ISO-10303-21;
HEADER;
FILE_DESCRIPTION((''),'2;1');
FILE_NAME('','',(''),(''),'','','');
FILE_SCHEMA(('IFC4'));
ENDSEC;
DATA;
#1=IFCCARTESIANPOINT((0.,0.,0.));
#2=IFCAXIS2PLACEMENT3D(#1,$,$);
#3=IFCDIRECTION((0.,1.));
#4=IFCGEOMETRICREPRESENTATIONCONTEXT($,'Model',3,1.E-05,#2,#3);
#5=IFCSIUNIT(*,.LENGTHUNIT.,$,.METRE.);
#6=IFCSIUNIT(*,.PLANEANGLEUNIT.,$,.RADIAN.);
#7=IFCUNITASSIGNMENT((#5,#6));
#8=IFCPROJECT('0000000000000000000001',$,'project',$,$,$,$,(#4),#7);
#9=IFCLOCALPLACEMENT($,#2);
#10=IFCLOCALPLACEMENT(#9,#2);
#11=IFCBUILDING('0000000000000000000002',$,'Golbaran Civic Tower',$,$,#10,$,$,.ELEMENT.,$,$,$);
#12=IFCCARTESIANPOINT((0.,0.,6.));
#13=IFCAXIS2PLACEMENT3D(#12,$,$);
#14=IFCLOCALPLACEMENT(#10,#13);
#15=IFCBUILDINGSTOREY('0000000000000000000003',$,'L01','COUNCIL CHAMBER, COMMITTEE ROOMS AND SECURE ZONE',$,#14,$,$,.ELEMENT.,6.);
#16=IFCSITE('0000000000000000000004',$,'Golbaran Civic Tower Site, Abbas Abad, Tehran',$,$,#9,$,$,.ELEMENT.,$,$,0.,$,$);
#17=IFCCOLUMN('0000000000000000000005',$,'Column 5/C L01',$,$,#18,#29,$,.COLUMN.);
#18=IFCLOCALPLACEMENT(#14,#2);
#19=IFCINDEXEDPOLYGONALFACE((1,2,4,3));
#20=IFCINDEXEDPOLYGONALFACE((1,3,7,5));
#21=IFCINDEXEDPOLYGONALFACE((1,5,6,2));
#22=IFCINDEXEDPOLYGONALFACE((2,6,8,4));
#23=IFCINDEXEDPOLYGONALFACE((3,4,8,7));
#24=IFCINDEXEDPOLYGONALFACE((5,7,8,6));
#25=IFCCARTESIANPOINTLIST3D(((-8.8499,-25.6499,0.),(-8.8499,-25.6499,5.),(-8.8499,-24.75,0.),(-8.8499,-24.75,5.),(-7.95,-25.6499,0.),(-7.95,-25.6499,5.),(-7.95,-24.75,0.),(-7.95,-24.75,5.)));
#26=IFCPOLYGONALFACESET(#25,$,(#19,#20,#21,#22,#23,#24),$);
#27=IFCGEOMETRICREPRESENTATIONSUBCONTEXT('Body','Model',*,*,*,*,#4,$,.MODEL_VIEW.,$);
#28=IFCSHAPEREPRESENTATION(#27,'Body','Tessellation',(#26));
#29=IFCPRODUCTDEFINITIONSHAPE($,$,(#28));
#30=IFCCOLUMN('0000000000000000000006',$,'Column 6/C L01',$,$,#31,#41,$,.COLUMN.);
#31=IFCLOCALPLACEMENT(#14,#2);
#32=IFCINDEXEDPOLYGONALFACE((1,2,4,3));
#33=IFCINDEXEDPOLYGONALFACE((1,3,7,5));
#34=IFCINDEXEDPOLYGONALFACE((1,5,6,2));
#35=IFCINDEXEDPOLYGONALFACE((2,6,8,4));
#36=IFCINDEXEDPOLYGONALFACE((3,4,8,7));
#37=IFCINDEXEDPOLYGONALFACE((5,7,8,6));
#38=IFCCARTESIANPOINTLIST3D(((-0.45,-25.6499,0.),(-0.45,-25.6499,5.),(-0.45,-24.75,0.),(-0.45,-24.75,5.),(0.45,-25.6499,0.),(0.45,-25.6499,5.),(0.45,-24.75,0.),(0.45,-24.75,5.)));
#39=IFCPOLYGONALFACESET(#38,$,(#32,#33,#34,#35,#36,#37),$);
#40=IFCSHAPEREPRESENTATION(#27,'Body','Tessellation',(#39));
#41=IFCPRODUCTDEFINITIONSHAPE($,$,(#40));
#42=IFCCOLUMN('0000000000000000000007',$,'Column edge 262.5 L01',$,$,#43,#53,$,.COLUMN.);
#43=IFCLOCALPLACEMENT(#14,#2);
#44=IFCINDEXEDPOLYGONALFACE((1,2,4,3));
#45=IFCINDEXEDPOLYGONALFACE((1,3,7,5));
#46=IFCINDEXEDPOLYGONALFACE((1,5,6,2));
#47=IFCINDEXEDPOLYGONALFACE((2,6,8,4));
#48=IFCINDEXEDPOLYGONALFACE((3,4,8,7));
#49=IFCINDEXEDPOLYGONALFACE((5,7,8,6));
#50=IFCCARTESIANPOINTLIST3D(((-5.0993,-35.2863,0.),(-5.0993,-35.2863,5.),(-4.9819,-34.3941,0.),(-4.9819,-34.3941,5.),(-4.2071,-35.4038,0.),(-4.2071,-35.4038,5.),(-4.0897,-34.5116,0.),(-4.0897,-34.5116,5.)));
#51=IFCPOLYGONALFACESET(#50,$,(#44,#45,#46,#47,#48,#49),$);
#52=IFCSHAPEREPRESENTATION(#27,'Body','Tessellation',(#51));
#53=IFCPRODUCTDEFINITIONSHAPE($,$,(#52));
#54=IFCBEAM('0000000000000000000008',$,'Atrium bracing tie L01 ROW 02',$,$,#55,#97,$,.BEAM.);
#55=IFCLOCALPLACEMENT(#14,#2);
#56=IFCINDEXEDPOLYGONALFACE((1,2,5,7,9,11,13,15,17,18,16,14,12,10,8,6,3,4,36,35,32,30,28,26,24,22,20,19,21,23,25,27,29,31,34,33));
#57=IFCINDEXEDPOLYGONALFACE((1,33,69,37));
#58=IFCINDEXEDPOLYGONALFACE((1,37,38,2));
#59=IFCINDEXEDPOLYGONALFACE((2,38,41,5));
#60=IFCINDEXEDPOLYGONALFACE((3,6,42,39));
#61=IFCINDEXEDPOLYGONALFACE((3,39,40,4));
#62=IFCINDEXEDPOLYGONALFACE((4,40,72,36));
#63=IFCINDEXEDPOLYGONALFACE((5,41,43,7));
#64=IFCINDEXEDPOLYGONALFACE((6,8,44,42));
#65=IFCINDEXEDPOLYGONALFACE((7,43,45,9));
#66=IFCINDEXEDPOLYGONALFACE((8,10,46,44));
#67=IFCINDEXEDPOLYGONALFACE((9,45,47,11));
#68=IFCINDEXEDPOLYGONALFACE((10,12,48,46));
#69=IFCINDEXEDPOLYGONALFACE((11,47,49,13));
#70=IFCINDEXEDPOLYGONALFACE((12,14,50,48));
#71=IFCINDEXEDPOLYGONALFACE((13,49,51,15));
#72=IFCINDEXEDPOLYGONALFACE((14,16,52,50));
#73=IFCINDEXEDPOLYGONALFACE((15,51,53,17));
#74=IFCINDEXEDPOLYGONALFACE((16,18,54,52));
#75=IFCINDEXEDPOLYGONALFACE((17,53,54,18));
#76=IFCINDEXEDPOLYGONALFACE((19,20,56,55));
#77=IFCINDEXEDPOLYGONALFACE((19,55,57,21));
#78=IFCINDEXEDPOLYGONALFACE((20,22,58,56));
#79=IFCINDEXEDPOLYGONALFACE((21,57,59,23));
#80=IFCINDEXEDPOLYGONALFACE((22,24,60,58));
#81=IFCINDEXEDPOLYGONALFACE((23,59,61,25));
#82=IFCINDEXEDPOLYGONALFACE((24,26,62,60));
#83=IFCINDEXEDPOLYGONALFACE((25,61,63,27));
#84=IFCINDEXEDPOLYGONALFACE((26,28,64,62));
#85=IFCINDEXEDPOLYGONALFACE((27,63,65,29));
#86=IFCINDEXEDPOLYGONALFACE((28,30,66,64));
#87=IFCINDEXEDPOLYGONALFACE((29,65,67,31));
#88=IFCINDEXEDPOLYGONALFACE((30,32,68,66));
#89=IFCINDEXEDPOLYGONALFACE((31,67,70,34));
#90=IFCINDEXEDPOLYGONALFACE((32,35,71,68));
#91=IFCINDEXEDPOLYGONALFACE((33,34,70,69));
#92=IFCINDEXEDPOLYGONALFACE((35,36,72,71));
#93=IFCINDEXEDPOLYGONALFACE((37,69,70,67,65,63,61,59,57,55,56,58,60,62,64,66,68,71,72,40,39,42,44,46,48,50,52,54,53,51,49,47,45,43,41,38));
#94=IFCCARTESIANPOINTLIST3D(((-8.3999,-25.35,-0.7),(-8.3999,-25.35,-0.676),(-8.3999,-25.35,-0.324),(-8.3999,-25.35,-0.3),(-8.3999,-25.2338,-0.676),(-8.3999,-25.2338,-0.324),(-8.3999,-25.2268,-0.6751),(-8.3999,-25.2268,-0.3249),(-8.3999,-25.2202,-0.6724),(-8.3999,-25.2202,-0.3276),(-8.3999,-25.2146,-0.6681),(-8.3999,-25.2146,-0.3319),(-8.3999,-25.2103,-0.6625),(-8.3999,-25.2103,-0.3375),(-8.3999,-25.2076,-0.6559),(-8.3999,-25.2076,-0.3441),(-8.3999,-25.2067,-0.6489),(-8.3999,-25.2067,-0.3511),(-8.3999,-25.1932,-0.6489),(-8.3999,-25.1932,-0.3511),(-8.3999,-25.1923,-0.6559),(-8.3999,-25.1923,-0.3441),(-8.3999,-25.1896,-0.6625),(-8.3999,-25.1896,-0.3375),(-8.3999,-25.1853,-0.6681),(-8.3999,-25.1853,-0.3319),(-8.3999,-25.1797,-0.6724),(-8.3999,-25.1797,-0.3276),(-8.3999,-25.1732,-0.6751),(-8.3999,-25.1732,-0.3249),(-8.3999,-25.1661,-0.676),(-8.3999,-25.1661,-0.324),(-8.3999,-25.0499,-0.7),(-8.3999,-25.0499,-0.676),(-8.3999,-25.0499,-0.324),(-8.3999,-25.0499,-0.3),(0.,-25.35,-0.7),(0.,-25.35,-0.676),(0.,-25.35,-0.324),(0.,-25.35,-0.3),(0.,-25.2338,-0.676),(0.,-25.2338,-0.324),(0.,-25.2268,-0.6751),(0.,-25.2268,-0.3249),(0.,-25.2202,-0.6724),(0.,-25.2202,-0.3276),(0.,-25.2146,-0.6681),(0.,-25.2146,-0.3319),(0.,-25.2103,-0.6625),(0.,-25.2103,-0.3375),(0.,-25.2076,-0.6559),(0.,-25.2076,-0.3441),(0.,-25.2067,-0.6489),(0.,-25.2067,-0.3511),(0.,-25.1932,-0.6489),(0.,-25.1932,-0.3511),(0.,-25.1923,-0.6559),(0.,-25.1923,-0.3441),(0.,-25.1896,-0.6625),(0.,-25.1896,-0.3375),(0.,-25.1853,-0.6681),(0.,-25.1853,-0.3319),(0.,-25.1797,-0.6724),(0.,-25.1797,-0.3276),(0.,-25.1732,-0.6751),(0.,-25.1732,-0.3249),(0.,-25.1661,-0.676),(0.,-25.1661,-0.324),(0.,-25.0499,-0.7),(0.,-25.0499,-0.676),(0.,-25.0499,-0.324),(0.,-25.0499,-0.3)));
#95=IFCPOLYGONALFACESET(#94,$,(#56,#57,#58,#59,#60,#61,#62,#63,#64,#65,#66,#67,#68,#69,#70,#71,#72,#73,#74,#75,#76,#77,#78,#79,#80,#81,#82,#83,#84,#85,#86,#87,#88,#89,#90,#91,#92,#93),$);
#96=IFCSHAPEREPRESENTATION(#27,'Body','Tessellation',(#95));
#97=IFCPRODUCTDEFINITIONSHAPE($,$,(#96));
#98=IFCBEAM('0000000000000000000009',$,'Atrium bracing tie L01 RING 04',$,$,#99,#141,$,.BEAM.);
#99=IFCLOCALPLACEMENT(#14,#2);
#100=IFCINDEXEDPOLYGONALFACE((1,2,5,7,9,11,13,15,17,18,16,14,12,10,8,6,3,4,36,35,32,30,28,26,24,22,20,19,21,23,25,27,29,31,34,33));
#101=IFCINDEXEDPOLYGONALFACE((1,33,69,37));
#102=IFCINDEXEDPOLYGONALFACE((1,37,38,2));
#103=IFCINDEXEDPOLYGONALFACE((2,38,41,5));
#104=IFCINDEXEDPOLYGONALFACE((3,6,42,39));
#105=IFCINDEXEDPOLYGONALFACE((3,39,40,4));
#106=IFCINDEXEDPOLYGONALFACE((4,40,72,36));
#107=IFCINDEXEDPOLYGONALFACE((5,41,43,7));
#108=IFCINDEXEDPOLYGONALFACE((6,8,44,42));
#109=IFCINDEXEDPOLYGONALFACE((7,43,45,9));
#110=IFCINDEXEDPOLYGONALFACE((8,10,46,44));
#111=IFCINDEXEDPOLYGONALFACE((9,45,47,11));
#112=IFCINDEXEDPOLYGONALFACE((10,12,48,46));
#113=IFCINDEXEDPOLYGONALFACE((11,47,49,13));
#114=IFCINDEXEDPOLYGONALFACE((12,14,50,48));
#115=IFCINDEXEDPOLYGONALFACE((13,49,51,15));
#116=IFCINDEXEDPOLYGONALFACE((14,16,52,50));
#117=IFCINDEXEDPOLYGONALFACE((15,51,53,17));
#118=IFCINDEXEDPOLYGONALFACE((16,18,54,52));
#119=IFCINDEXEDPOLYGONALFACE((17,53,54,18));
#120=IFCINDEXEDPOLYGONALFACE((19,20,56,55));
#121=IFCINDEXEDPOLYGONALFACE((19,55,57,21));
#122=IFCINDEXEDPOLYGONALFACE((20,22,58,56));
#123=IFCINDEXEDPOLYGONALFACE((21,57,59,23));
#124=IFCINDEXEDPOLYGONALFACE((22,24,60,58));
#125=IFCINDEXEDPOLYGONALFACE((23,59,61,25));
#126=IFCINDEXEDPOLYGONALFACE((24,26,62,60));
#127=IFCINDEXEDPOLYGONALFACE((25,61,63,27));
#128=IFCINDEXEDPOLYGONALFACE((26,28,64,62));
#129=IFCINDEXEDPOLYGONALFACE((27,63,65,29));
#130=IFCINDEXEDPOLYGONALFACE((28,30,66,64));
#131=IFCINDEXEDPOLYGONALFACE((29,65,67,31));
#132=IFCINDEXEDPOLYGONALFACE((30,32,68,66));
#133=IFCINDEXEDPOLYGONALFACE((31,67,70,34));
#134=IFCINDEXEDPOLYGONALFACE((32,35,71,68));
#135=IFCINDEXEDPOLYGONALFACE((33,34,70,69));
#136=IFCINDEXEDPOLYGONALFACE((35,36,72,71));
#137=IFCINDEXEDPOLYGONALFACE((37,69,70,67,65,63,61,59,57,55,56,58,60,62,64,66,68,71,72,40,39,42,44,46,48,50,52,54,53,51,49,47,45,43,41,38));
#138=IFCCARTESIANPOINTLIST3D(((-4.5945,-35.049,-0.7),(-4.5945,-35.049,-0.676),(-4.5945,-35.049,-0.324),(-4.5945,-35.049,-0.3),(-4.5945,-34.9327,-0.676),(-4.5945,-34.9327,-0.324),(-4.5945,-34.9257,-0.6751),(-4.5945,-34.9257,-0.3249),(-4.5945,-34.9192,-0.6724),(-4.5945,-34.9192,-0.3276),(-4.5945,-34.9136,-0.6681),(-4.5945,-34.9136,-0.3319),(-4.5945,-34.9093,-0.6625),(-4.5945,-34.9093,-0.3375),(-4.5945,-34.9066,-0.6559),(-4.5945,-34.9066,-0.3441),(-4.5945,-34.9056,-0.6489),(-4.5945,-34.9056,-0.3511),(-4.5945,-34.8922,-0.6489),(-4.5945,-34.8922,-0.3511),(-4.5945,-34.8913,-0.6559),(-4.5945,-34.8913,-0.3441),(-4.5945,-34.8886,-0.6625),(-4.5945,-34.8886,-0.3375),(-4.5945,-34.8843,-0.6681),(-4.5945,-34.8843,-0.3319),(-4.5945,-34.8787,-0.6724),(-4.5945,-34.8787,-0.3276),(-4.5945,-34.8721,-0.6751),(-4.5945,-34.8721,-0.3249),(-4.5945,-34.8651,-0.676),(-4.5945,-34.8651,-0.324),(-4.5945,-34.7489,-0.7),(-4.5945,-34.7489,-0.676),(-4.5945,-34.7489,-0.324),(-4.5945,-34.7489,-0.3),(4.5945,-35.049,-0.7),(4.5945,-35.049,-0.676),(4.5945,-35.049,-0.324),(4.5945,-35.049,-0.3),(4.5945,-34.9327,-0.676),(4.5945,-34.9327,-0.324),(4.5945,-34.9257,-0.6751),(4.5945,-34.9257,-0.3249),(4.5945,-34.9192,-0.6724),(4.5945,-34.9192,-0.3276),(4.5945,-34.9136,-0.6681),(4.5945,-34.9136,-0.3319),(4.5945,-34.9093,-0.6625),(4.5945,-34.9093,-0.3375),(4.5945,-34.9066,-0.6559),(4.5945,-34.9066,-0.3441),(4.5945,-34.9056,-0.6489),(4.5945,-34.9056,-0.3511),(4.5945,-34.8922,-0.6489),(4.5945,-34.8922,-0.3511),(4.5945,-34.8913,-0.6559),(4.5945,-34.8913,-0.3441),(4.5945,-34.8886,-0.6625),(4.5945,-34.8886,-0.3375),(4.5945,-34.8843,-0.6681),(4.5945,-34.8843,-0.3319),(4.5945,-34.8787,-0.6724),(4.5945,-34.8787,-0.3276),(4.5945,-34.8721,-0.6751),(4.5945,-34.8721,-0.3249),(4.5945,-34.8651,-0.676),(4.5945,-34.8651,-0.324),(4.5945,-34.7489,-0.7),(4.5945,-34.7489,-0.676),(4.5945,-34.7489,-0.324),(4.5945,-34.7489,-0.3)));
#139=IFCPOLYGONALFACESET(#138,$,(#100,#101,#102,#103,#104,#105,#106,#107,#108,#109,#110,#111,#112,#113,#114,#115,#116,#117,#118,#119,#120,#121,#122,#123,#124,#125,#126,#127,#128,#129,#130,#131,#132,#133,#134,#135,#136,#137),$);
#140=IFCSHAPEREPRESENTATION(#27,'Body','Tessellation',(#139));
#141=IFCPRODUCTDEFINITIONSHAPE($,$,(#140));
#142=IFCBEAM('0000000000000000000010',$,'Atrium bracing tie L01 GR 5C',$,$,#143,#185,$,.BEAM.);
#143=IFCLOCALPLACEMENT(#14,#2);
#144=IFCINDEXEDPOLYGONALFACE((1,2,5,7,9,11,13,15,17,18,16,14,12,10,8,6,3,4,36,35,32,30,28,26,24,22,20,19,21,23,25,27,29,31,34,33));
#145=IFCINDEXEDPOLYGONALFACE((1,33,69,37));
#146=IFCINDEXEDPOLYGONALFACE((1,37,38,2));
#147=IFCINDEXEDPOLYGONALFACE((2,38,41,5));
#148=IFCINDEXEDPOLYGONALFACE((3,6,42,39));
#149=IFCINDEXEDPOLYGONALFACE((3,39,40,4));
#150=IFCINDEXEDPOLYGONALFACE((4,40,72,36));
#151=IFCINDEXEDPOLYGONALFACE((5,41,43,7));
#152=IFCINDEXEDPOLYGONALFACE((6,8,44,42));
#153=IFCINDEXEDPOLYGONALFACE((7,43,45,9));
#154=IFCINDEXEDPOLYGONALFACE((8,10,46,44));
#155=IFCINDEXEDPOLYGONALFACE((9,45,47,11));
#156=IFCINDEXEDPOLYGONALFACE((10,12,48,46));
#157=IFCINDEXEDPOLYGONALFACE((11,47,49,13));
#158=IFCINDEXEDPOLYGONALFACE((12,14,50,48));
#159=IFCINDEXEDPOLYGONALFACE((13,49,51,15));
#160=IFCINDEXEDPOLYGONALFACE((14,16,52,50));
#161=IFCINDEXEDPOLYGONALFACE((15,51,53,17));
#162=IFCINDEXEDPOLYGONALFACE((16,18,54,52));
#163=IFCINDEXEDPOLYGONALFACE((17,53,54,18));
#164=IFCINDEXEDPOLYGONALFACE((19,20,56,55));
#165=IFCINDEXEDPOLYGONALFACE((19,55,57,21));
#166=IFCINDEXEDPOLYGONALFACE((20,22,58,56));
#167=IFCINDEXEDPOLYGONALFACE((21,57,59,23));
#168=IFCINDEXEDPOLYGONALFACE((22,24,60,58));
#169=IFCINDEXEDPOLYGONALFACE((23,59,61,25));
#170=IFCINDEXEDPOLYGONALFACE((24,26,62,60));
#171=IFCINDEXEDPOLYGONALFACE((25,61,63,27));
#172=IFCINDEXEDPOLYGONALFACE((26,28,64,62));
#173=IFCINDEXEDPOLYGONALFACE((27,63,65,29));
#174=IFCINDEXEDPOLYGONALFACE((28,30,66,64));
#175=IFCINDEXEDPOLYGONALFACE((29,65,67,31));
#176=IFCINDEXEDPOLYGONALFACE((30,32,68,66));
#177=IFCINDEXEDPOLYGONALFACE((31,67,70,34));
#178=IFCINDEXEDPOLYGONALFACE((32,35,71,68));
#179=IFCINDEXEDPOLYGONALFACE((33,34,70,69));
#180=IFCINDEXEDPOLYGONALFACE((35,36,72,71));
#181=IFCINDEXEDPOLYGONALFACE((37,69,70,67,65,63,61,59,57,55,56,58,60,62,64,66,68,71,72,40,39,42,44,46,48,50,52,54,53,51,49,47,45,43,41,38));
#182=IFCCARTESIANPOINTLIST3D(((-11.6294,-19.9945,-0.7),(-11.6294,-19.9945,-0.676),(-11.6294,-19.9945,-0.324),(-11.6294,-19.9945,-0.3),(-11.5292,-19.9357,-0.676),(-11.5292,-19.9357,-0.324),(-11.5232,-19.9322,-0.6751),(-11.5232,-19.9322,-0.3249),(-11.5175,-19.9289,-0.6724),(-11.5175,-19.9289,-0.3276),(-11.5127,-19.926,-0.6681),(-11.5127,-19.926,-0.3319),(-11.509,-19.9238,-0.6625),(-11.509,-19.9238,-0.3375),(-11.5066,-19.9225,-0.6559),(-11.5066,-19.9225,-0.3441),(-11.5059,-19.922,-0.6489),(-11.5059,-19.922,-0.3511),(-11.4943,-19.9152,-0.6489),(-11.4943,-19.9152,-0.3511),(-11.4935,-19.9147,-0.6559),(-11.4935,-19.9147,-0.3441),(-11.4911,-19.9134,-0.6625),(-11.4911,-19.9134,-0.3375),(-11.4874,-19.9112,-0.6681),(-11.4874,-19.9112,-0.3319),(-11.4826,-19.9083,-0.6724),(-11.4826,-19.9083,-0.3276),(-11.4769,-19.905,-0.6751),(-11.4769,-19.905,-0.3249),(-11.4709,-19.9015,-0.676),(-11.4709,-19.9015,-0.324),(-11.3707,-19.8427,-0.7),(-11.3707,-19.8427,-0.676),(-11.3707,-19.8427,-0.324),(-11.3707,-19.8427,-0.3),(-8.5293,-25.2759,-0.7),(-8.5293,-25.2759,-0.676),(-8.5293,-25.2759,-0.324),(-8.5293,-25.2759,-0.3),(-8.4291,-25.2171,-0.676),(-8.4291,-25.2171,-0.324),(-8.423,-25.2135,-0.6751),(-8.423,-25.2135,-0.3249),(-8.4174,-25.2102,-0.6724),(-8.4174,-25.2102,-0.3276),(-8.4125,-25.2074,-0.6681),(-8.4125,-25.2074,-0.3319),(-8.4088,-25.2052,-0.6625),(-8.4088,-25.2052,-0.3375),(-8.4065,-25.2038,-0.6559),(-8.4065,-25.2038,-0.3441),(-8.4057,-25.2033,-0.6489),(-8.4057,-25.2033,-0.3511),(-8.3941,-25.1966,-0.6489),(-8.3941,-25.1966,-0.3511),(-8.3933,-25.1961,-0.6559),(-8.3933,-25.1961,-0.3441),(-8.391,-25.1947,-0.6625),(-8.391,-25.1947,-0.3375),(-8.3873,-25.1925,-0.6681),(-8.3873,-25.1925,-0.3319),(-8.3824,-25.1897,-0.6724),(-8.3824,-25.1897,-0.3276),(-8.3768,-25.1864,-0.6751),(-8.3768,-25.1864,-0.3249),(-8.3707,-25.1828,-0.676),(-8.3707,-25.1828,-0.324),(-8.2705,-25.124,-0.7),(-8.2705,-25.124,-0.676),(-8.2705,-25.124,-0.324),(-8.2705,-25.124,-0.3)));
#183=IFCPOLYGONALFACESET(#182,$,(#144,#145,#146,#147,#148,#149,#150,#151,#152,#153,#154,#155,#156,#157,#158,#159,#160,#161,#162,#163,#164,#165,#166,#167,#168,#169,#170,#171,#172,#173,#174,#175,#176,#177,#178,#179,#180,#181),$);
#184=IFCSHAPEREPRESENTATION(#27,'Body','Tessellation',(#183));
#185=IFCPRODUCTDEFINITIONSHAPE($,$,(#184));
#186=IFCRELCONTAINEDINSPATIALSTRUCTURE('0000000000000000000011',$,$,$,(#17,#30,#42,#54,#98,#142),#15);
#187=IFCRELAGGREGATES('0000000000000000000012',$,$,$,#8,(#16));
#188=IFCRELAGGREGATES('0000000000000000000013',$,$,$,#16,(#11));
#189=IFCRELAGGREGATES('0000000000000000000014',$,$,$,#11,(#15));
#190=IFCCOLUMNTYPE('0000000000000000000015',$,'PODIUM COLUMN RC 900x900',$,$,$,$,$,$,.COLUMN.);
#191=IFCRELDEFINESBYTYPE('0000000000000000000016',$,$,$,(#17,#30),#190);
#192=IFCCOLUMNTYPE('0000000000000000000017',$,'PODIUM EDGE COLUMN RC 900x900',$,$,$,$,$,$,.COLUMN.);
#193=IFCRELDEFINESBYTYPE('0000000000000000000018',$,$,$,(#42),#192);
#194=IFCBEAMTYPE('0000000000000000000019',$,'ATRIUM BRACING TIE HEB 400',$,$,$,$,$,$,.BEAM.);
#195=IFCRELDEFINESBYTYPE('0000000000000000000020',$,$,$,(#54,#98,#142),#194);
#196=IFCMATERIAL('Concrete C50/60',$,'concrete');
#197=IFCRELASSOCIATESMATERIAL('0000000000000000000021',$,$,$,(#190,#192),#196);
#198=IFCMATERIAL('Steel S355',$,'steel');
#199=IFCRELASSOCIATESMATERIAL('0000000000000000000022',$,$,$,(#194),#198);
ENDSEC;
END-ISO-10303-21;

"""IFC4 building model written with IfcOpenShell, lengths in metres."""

from ifc_helpers import new_model, si_unit, direction, frame, origin, origin_2d, place, context, subcontext, project, spatial, rectangle, i_section, extrude, material, material_profile, profile_set, type_object, element, save


model = new_model("IFC4")

# Units and contexts
model_context = context("Model", 3, precision=1e-05, world=origin(), true_north=direction((0.0, 1.0)))
body_context = subcontext(model_context, "Body", "Model", "MODEL_VIEW")
ifc_project = project(units=[si_unit("LENGTHUNIT", "METRE"), si_unit("PLANEANGLEUNIT", "RADIAN")], contexts=[model_context])

# Site, building, storey
site_placement = place(None, origin())
site = spatial("IfcSite", under=ifc_project, at=site_placement, Name="Golbaran Civic Tower Site, Abbas Abad, Tehran", CompositionType="ELEMENT", RefElevation=0.0)
building_placement = place(site_placement, origin())
building = spatial("IfcBuilding", under=site, at=building_placement, Name="Golbaran Civic Tower", CompositionType="ELEMENT")
storey_placement = place(building_placement, frame((0.0, 0.0, 6.0)))
storey = spatial("IfcBuildingStorey", under=building, at=storey_placement, Name="L01", Description="COUNCIL CHAMBER, COMMITTEE ROOMS AND SECURE ZONE", CompositionType="ELEMENT", Elevation=6.0)

# Columns
ifc_material_1 = material(Name="Concrete C50/60", Category="concrete")
ifc_material_profile_1 = material_profile(ifc_material_1, rectangle(XDim=0.8999, YDim=0.8999, at=origin_2d()), Name="RC 900x900")
ifc_profile_set_1 = profile_set([ifc_material_profile_1], Name="Concrete C50/60")
column_type_1 = type_object("IfcColumnType", Name="PODIUM COLUMN RC 900x900", PredefinedType="COLUMN", material=ifc_profile_set_1)
for number, where, z_axis, x_axis, name in (
    (1, (-8.3999, -25.2, 0.0), (0.0, 0.0, 1.0), (1.0, 0.0, 0.0), "Column 5/C L01"),
    (2, (0.0, -25.2, 0.0), (0.0, 0.0, 1.0), (1.0, 0.0, 0.0), "Column 6/C L01"),
):
    element("IfcColumn", number, at=place(storey_placement, frame(where, z_axis=z_axis, x_axis=x_axis)), inside=storey, type_object=column_type_1, Name=name, PredefinedType="COLUMN", context=body_context, shape_type="SweptSolid", body=[
        extrude(rectangle(XDim=0.8999, YDim=0.8999, at=origin_2d()), origin(), (0.0, 0.0, 1.0), 5.0),
    ])
ifc_material_profile_2 = material_profile(ifc_material_1, rectangle(XDim=0.8999, YDim=0.8999, at=origin_2d()), Name="RC 900x900")
ifc_profile_set_2 = profile_set([ifc_material_profile_2], Name="Concrete C50/60")
column_type_2 = type_object("IfcColumnType", Name="PODIUM EDGE COLUMN RC 900x900", PredefinedType="COLUMN", material=ifc_profile_set_2)
column_placement = place(storey_placement, frame((-4.5945, -34.8989, 0.0), z_axis=(0.0, 0.0, 1.0), x_axis=(-0.130526, -0.991445, 0.0)))
element("IfcColumn", 3, at=column_placement, inside=storey, type_object=column_type_2, Name="Column edge 262.5 L01", PredefinedType="COLUMN", context=body_context, shape_type="SweptSolid", body=[
    extrude(rectangle(XDim=0.8999, YDim=0.8999, at=origin_2d()), origin(), (0.0, 0.0, 1.0), 5.0),
])

# Beams
ifc_material_2 = material(Name="Steel S355", Category="steel")
ifc_material_profile_3 = material_profile(ifc_material_2, i_section(OverallWidth=0.3, OverallDepth=0.3999, WebThickness=0.0134, FlangeThickness=0.0239, FilletRadius=0.0271, at=origin_2d()), Name="HEB 400")
ifc_profile_set_3 = profile_set([ifc_material_profile_3], Name="Steel S355")
beam_type = type_object("IfcBeamType", Name="ATRIUM BRACING TIE HEB 400", PredefinedType="BEAM", material=ifc_profile_set_3)
beam_1_placement = place(storey_placement, frame((-8.3999, -25.2, -0.5), z_axis=(1.0, 0.0, 0.0), x_axis=(0.0, 1.0, 0.0)))
element("IfcBeam", 4, at=beam_1_placement, inside=storey, type_object=beam_type, Name="Atrium bracing tie L01 ROW 02", PredefinedType="BEAM", context=body_context, shape_type="SweptSolid", body=[
    extrude(i_section(OverallWidth=0.3, OverallDepth=0.3999, WebThickness=0.0134, FlangeThickness=0.0239, FilletRadius=0.0271, at=origin_2d()), origin(), (0.0, 0.0, 1.0), 8.3999),
])
beam_2_placement = place(storey_placement, frame((-4.5945, -34.8989, -0.5), z_axis=(1.0, 0.0, 0.0), x_axis=(0.0, 1.0, 0.0)))
element("IfcBeam", 5, at=beam_2_placement, inside=storey, type_object=beam_type, Name="Atrium bracing tie L01 RING 04", PredefinedType="BEAM", context=body_context, shape_type="SweptSolid", body=[
    extrude(i_section(OverallWidth=0.3, OverallDepth=0.3999, WebThickness=0.0134, FlangeThickness=0.0239, FilletRadius=0.0271, at=origin_2d()), origin(), (0.0, 0.0, 1.0), 9.189),
])
beam_3_placement = place(storey_placement, frame((-8.3999, -25.2, -0.5), z_axis=(-0.506229, 0.862399, 0.0), x_axis=(-0.862399, -0.506229, 0.0)))
element("IfcBeam", 6, at=beam_3_placement, inside=storey, type_object=beam_type, Name="Atrium bracing tie L01 GR 5C", PredefinedType="BEAM", context=body_context, shape_type="SweptSolid", body=[
    extrude(i_section(OverallWidth=0.3, OverallDepth=0.3999, WebThickness=0.0134, FlangeThickness=0.0239, FilletRadius=0.0271, at=origin_2d()), origin(), (0.0, 0.0, 1.0), 6.124),
])

save(model, "model.ifc")
